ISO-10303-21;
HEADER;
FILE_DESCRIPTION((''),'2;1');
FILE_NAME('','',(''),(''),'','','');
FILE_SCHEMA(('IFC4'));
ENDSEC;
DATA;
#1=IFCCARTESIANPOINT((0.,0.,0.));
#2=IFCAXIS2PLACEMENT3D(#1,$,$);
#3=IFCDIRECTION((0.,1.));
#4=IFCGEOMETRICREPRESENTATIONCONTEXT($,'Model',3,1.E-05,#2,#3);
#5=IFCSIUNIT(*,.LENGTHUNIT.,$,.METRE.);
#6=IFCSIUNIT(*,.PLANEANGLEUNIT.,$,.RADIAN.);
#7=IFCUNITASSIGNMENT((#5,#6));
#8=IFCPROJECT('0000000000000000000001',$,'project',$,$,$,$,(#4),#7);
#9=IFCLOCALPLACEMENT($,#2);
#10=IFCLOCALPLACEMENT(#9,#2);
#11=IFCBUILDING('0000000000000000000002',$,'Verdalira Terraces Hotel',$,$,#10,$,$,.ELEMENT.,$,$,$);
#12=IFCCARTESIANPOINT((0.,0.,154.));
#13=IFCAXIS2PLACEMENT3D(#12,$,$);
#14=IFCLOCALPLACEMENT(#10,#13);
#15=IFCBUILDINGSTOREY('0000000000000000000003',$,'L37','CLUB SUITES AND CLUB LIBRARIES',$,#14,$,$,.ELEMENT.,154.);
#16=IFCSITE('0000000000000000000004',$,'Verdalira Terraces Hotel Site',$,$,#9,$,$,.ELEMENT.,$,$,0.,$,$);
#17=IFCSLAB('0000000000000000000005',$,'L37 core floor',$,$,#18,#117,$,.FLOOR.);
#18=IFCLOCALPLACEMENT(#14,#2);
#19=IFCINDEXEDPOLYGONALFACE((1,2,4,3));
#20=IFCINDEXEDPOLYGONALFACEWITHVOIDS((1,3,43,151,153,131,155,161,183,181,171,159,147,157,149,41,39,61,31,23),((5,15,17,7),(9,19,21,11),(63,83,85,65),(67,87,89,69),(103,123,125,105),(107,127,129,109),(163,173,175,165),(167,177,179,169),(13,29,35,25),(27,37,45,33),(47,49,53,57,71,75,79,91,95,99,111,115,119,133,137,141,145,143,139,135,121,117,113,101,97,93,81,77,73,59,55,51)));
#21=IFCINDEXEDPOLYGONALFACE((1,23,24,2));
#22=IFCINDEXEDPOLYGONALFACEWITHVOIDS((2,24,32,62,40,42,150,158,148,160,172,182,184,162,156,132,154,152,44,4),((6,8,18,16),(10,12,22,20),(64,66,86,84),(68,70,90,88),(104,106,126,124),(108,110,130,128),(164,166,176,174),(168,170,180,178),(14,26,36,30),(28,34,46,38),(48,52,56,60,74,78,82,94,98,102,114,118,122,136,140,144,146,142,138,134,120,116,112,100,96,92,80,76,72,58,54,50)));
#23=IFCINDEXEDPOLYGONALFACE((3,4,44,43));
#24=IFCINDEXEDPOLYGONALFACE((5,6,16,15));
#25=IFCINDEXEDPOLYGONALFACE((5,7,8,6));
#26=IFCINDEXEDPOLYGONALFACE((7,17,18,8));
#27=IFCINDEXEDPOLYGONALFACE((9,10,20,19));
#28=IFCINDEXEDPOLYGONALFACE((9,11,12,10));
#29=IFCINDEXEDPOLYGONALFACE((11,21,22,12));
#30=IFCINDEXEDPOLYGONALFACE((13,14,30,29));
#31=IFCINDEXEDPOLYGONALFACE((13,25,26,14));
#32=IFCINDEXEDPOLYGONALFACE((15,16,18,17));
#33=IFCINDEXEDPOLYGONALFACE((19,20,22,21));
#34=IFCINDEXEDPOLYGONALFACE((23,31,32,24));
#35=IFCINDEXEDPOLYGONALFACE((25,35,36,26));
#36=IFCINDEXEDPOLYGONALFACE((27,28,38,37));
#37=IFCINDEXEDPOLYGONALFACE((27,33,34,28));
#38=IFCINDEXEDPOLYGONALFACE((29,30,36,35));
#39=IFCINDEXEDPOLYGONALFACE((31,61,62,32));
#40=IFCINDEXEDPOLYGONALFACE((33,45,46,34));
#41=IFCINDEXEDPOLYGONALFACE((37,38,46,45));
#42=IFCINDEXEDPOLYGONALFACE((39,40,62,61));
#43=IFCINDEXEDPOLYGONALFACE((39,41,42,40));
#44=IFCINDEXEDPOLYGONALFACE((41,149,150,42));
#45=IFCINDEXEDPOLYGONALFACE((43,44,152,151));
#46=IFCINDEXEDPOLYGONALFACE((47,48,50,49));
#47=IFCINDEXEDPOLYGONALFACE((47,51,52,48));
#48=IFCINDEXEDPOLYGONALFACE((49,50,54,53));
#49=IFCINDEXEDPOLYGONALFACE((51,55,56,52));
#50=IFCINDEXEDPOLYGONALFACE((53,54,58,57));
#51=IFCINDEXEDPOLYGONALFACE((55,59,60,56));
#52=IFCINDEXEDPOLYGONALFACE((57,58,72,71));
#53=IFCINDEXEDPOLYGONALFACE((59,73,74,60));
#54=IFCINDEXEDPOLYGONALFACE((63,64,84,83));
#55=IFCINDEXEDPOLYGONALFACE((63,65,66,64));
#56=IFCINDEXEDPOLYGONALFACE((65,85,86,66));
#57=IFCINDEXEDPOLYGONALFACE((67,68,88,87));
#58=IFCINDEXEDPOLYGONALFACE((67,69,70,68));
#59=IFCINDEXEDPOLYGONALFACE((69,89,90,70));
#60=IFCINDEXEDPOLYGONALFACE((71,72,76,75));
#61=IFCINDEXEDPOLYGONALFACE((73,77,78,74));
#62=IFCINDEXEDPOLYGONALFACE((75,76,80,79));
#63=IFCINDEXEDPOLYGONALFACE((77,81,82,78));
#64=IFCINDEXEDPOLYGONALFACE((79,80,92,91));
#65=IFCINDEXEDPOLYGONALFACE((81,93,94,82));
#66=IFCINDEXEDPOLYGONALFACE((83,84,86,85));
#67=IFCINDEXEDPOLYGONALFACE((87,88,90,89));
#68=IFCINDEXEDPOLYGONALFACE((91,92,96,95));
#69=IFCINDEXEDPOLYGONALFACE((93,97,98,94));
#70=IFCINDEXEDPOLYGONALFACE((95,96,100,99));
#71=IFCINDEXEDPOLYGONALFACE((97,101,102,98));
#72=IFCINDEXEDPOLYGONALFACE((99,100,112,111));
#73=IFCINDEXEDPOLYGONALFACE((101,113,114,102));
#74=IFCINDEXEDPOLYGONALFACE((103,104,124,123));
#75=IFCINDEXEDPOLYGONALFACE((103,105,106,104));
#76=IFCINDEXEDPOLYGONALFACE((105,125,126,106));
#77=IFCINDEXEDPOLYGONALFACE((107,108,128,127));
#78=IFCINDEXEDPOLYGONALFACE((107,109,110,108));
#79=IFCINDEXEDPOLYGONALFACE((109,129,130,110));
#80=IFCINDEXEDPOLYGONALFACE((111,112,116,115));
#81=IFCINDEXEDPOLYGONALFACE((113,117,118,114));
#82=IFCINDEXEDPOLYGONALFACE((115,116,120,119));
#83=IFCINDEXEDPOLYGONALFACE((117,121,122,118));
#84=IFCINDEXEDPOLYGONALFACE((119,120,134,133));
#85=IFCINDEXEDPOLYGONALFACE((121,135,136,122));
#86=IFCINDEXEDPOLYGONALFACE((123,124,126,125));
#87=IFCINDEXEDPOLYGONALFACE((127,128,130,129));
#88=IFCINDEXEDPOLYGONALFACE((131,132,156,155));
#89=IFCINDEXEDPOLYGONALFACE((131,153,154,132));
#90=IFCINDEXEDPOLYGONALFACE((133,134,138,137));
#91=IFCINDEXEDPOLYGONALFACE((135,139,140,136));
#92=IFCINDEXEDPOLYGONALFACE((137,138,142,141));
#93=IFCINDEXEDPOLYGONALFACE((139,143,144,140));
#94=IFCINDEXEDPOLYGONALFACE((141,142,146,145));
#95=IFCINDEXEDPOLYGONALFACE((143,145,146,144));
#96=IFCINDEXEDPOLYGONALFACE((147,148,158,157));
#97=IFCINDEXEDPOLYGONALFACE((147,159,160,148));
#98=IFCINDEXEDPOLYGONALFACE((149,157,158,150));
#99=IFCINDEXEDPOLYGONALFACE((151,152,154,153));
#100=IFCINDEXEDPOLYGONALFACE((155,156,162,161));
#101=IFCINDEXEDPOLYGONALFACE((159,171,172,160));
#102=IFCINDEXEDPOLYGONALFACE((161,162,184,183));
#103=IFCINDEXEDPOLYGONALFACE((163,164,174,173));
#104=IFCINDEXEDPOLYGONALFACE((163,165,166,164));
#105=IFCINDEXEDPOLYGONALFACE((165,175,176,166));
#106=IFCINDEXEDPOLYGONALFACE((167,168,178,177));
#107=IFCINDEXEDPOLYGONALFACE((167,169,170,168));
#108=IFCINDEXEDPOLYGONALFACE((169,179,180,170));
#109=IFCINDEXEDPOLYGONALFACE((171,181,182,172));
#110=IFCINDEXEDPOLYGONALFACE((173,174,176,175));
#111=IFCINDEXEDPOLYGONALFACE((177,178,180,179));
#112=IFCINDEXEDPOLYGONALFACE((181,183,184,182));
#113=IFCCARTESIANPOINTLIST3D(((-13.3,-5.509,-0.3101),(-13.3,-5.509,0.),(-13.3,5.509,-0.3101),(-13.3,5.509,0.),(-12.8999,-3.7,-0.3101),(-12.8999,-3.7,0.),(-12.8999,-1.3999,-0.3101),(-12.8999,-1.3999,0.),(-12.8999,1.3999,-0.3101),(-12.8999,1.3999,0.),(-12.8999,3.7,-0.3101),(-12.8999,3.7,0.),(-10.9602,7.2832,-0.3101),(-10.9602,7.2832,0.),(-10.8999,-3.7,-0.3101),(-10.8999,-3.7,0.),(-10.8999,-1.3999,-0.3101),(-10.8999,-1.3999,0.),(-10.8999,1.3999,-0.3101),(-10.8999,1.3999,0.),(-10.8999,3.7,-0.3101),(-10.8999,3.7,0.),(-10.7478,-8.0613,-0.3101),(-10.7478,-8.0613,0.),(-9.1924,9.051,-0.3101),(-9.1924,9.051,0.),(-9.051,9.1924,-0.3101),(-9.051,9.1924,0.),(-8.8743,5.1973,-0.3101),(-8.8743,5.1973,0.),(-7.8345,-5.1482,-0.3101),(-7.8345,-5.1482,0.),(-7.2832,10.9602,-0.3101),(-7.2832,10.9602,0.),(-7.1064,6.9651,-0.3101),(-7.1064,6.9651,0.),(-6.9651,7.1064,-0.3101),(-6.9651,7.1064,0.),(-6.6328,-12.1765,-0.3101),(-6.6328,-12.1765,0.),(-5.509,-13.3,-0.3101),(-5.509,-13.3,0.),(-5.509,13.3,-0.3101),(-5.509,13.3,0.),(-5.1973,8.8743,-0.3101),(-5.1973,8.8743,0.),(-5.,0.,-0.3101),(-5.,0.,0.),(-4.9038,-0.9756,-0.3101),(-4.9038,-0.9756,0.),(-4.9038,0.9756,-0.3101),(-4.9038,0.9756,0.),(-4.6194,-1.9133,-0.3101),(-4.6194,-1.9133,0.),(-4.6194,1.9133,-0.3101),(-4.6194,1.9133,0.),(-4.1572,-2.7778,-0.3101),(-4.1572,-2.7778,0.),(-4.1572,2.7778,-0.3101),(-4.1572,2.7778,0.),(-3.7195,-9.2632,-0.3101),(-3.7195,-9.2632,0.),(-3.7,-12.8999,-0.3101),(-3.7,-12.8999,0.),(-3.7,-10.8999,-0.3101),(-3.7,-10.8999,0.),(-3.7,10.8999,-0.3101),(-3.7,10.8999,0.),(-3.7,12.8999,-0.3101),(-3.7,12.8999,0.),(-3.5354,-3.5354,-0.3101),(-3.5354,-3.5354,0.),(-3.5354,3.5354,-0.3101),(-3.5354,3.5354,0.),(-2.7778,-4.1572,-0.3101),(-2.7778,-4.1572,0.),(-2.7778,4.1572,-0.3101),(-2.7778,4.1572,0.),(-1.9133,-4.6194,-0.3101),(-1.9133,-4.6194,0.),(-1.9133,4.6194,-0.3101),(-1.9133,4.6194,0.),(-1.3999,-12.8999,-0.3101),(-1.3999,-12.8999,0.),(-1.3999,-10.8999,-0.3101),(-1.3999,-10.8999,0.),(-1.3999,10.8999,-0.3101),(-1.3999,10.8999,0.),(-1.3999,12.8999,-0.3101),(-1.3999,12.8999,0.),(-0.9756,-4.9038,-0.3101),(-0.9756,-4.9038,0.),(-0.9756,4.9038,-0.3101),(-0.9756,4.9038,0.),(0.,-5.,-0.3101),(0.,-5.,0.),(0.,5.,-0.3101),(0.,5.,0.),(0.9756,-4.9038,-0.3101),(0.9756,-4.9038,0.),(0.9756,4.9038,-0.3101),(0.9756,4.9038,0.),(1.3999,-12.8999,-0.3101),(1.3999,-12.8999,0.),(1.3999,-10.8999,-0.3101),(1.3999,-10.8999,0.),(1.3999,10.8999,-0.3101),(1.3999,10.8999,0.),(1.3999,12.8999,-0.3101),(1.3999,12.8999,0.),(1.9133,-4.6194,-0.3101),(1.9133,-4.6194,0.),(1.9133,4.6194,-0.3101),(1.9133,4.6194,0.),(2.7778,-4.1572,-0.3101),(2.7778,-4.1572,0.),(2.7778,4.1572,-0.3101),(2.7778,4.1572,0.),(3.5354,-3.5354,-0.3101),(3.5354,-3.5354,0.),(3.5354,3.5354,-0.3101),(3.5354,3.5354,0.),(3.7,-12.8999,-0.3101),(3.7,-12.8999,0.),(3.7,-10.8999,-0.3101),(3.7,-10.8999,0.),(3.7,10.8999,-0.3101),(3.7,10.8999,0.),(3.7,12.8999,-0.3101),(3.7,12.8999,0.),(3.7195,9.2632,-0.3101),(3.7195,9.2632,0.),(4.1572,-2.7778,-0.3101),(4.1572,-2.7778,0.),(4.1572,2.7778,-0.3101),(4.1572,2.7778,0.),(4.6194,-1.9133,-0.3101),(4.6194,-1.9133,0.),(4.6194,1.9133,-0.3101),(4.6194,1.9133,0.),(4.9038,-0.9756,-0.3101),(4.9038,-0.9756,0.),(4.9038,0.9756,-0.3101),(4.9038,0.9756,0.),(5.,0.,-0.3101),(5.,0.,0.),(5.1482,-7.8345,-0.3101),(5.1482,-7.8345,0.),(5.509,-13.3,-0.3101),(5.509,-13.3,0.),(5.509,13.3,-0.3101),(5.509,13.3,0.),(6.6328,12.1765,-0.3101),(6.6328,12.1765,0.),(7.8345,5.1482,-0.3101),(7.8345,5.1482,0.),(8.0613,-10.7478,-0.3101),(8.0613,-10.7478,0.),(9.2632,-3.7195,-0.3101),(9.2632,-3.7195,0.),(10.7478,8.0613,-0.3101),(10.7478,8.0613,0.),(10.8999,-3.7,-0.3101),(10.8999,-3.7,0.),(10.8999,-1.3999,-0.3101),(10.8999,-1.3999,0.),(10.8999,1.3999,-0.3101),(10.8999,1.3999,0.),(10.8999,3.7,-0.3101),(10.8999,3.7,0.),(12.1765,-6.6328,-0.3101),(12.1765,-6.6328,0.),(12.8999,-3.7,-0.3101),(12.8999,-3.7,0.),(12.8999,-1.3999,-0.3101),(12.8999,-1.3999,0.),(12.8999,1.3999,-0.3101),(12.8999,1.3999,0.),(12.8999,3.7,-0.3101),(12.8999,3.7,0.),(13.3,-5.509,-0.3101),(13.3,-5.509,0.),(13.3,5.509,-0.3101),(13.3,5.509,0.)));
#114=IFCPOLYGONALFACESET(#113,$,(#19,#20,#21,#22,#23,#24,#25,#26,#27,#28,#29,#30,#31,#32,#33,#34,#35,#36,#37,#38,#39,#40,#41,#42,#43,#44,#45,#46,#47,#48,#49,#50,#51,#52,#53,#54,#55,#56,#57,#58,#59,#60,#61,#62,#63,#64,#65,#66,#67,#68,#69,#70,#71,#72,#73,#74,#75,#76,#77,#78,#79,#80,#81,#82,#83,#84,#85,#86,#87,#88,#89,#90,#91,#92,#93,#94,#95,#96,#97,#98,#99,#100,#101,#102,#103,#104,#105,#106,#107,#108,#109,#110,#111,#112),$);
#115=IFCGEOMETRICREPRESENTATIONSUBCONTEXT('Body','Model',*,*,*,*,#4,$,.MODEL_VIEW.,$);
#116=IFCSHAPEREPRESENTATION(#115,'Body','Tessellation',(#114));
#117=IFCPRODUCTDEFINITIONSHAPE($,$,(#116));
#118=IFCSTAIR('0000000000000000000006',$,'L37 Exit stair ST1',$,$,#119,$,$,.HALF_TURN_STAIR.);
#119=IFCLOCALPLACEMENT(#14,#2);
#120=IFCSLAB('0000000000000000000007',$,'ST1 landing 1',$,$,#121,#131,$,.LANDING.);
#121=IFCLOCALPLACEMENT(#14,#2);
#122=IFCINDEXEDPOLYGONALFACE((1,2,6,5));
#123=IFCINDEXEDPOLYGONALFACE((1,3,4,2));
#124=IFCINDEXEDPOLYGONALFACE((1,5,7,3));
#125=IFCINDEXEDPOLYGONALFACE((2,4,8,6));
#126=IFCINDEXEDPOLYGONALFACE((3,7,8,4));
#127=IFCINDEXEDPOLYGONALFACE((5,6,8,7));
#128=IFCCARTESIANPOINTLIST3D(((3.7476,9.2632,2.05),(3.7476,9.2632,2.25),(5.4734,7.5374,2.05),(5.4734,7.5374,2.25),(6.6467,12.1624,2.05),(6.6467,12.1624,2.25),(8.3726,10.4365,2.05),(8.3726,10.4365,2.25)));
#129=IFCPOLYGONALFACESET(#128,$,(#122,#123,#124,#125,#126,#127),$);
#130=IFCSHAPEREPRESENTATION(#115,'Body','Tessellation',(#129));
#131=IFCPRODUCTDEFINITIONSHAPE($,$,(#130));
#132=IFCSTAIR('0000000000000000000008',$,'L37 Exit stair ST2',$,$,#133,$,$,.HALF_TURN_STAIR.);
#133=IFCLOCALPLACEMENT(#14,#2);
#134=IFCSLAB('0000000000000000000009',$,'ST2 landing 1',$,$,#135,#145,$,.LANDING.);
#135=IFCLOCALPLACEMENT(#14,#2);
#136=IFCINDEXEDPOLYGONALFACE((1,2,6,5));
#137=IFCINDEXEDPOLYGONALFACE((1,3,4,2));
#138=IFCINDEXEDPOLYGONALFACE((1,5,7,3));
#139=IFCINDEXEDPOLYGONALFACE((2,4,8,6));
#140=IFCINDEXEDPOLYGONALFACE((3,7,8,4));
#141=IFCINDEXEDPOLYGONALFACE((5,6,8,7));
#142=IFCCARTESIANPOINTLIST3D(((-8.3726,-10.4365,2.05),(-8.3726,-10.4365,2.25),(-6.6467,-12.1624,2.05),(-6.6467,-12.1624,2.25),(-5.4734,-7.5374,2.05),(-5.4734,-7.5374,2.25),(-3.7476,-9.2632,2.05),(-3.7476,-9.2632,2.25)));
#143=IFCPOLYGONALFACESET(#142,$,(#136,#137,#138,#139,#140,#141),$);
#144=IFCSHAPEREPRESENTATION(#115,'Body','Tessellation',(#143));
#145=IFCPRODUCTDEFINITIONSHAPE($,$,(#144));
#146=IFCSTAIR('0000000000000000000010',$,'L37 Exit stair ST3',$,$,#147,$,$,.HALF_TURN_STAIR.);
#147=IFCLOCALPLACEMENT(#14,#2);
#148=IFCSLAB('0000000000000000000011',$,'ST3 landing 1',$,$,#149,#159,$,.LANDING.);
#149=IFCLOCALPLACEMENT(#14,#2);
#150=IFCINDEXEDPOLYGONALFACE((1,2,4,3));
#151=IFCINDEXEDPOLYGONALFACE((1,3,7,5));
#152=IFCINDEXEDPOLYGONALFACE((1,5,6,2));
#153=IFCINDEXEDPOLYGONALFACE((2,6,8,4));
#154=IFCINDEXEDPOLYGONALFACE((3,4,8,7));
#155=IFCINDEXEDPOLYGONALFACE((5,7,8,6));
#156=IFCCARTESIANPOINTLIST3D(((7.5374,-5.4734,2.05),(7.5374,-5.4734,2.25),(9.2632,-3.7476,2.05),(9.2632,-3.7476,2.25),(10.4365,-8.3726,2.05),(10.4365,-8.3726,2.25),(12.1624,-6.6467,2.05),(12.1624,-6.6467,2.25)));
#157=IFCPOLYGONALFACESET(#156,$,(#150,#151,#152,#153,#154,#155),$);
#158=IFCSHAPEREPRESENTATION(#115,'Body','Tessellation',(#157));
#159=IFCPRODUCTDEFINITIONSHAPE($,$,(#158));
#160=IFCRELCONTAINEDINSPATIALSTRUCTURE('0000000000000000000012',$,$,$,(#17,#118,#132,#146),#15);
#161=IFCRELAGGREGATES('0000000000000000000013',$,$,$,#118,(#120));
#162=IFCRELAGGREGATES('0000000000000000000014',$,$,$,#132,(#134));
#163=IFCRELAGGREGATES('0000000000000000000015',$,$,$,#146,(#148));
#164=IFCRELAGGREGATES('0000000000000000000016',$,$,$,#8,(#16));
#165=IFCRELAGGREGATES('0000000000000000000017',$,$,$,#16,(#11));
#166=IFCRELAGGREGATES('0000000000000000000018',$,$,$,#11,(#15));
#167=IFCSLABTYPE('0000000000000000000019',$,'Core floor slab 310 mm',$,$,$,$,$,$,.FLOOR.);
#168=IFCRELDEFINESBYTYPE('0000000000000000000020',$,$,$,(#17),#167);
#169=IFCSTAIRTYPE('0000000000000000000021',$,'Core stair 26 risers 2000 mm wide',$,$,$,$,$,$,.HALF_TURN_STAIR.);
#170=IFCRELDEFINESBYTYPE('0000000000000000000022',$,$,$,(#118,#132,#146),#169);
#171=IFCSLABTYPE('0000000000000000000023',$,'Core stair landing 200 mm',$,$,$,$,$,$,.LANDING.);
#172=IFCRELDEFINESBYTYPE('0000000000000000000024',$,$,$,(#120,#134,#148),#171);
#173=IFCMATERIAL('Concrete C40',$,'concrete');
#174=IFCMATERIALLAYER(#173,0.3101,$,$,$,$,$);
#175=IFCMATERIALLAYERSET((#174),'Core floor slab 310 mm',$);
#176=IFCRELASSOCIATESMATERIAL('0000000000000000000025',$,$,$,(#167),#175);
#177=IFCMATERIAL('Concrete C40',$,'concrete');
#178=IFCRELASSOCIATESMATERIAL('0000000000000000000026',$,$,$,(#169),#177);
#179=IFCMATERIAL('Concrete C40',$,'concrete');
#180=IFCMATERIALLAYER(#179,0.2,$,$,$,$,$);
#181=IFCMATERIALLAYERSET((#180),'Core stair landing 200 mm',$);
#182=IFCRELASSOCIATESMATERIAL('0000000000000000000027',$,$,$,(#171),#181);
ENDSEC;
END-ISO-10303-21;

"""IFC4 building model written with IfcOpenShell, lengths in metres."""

from ifc_helpers import new_model, si_unit, direction, frame, origin, place, context, subcontext, project, spatial, polyline, outline, extrude, material, layer, layer_set, type_object, element, aggregate, save


model = new_model("IFC4")

# Units and contexts
model_context = context("Model", 3, precision=1e-05, world=origin(), true_north=direction((0.0, 1.0)))
body_context = subcontext(model_context, "Body", "Model", "MODEL_VIEW")
ifc_project = project(units=[si_unit("LENGTHUNIT", "METRE"), si_unit("PLANEANGLEUNIT", "RADIAN")], contexts=[model_context])

# Site, building, storey
site_placement = place(None, origin())
site = spatial("IfcSite", under=ifc_project, at=site_placement, Name="Verdalira Terraces Hotel Site", CompositionType="ELEMENT", RefElevation=0.0)
building_placement = place(site_placement, origin())
building = spatial("IfcBuilding", under=site, at=building_placement, Name="Verdalira Terraces Hotel", CompositionType="ELEMENT")
storey_placement = place(building_placement, frame((0.0, 0.0, 154.0)))
storey = spatial("IfcBuildingStorey", under=building, at=storey_placement, Name="L37", Description="CLUB SUITES AND CLUB LIBRARIES", CompositionType="ELEMENT", Elevation=154.0)

# Slab
ifc_material_1 = material(Name="Concrete C40", Category="concrete")
ifc_layer_1 = layer(ifc_material_1, 0.3101)
ifc_layer_set_1 = layer_set([ifc_layer_1], Name="Core floor slab 310 mm")
slab_type_1 = type_object("IfcSlabType", Name="Core floor slab 310 mm", PredefinedType="FLOOR", material=ifc_layer_set_1)
slab_1_placement = place(storey_placement, frame((0.0, 0.0, -0.3101)))
element("IfcSlab", 1, at=slab_1_placement, inside=storey, type_object=slab_type_1, Name="L37 core floor", PredefinedType="FLOOR", context=body_context, shape_type="SweptSolid", body=[
    extrude(outline(polyline([(-5.509, 13.3), (5.509, 13.3), (6.6328, 12.1765), (3.7195, 9.2632), (7.8345, 5.1482), (10.7478, 8.0613), (13.3, 5.509), (13.3, -5.509), (12.1765, -6.6328), (9.2632, -3.7195), (5.1482, -7.8345), (8.0613, -10.7478), (5.509, -13.3), (-5.509, -13.3), (-6.6328, -12.1765), (-3.7195, -9.2632), (-7.8345, -5.1482), (-10.7478, -8.0613), (-13.3, -5.509), (-13.3, 5.509), (-5.509, 13.3)]), holes=[polyline([(12.8999, -3.7), (12.8999, -1.3999), (10.8999, -1.3999), (10.8999, -3.7), (12.8999, -3.7)]), polyline([(12.8999, 1.3999), (12.8999, 3.7), (10.8999, 3.7), (10.8999, 1.3999), (12.8999, 1.3999)]), polyline([(1.3999, 10.8999), (3.7, 10.8999), (3.7, 12.8999), (1.3999, 12.8999), (1.3999, 10.8999)]), polyline([(-3.7, 10.8999), (-1.3999, 10.8999), (-1.3999, 12.8999), (-3.7, 12.8999), (-3.7, 10.8999)]), polyline([(-12.8999, 3.7), (-12.8999, 1.3999), (-10.8999, 1.3999), (-10.8999, 3.7), (-12.8999, 3.7)]), polyline([(-12.8999, -1.3999), (-12.8999, -3.7), (-10.8999, -3.7), (-10.8999, -1.3999), (-12.8999, -1.3999)]), polyline([(-1.3999, -10.8999), (-3.7, -10.8999), (-3.7, -12.8999), (-1.3999, -12.8999), (-1.3999, -10.8999)]), polyline([(3.7, -10.8999), (1.3999, -10.8999), (1.3999, -12.8999), (3.7, -12.8999), (3.7, -10.8999)]), polyline([(-9.051, 9.1924), (-6.9651, 7.1064), (-5.1973, 8.8743), (-7.2832, 10.9602), (-9.051, 9.1924)]), polyline([(-9.1924, 9.051), (-10.9602, 7.2832), (-8.8743, 5.1973), (-7.1064, 6.9651), (-9.1924, 9.051)]), polyline([(3.5354, 3.5354), (2.7778, 4.1572), (1.9133, 4.6194), (0.9756, 4.9038), (0.0, 5.0), (-0.9756, 4.9038), (-1.9133, 4.6194), (-2.7778, 4.1572), (-3.5354, 3.5354), (-4.1572, 2.7778), (-4.6194, 1.9133), (-4.9038, 0.9756), (-5.0, 0.0), (-4.9038, -0.9756), (-4.6194, -1.9133), (-4.1572, -2.7778), (-3.5354, -3.5354), (-2.7778, -4.1572), (-1.9133, -4.6194), (-0.9756, -4.9038), (0.0, -5.0), (0.9756, -4.9038), (1.9133, -4.6194), (2.7778, -4.1572), (3.5354, -3.5354), (4.1572, -2.7778), (4.6194, -1.9133), (4.9038, -0.9756), (5.0, 0.0), (4.9038, 0.9756), (4.6194, 1.9133), (4.1572, 2.7778), (3.5354, 3.5354)])]), origin(), (0.0, 0.0, 1.0), 0.3101),
])

# Stairs, slabs
ifc_material_2 = material(Name="Concrete C40", Category="concrete")
stair_type = type_object("IfcStairType", Name="Core stair 26 risers 2000 mm wide", PredefinedType="HALF_TURN_STAIR", material=ifc_material_2)
stair_1_placement = place(storey_placement, origin())
stair_1 = element("IfcStair", 2, at=stair_1_placement, inside=storey, type_object=stair_type, Name="L37 Exit stair ST1", PredefinedType="HALF_TURN_STAIR")
ifc_material_3 = material(Name="Concrete C40", Category="concrete")
ifc_layer_2 = layer(ifc_material_3, 0.2)
ifc_layer_set_2 = layer_set([ifc_layer_2], Name="Core stair landing 200 mm")
slab_type_2 = type_object("IfcSlabType", Name="Core stair landing 200 mm", PredefinedType="LANDING", material=ifc_layer_set_2)
slab_2_placement = place(storey_placement, frame((0.0, 0.0, 2.05)))
slab_2 = element("IfcSlab", 3, at=slab_2_placement, type_object=slab_type_2, Name="ST1 landing 1", PredefinedType="LANDING", context=body_context, shape_type="SweptSolid", body=[
    extrude(outline(polyline([(8.3726, 10.4365), (6.6467, 12.1624), (3.7476, 9.2632), (5.4734, 7.5374), (8.3726, 10.4365)])), origin(), (0.0, 0.0, 1.0), 0.2),
])
aggregate(stair_1, [slab_2])
stair_2_placement = place(storey_placement, origin())
stair_2 = element("IfcStair", 4, at=stair_2_placement, inside=storey, type_object=stair_type, Name="L37 Exit stair ST2", PredefinedType="HALF_TURN_STAIR")
slab_3_placement = place(storey_placement, frame((0.0, 0.0, 2.05)))
slab_3 = element("IfcSlab", 5, at=slab_3_placement, type_object=slab_type_2, Name="ST2 landing 1", PredefinedType="LANDING", context=body_context, shape_type="SweptSolid", body=[
    extrude(outline(polyline([(-8.3726, -10.4365), (-6.6467, -12.1624), (-3.7476, -9.2632), (-5.4734, -7.5374), (-8.3726, -10.4365)])), origin(), (0.0, 0.0, 1.0), 0.2),
])
aggregate(stair_2, [slab_3])
stair_3_placement = place(storey_placement, origin())
stair_3 = element("IfcStair", 6, at=stair_3_placement, inside=storey, type_object=stair_type, Name="L37 Exit stair ST3", PredefinedType="HALF_TURN_STAIR")
slab_4_placement = place(storey_placement, frame((0.0, 0.0, 2.05)))
slab_4 = element("IfcSlab", 7, at=slab_4_placement, type_object=slab_type_2, Name="ST3 landing 1", PredefinedType="LANDING", context=body_context, shape_type="SweptSolid", body=[
    extrude(outline(polyline([(10.4365, -8.3726), (12.1624, -6.6467), (9.2632, -3.7476), (7.5374, -5.4734), (10.4365, -8.3726)])), origin(), (0.0, 0.0, 1.0), 0.2),
])
aggregate(stair_3, [slab_4])

save(model, "model.ifc")
